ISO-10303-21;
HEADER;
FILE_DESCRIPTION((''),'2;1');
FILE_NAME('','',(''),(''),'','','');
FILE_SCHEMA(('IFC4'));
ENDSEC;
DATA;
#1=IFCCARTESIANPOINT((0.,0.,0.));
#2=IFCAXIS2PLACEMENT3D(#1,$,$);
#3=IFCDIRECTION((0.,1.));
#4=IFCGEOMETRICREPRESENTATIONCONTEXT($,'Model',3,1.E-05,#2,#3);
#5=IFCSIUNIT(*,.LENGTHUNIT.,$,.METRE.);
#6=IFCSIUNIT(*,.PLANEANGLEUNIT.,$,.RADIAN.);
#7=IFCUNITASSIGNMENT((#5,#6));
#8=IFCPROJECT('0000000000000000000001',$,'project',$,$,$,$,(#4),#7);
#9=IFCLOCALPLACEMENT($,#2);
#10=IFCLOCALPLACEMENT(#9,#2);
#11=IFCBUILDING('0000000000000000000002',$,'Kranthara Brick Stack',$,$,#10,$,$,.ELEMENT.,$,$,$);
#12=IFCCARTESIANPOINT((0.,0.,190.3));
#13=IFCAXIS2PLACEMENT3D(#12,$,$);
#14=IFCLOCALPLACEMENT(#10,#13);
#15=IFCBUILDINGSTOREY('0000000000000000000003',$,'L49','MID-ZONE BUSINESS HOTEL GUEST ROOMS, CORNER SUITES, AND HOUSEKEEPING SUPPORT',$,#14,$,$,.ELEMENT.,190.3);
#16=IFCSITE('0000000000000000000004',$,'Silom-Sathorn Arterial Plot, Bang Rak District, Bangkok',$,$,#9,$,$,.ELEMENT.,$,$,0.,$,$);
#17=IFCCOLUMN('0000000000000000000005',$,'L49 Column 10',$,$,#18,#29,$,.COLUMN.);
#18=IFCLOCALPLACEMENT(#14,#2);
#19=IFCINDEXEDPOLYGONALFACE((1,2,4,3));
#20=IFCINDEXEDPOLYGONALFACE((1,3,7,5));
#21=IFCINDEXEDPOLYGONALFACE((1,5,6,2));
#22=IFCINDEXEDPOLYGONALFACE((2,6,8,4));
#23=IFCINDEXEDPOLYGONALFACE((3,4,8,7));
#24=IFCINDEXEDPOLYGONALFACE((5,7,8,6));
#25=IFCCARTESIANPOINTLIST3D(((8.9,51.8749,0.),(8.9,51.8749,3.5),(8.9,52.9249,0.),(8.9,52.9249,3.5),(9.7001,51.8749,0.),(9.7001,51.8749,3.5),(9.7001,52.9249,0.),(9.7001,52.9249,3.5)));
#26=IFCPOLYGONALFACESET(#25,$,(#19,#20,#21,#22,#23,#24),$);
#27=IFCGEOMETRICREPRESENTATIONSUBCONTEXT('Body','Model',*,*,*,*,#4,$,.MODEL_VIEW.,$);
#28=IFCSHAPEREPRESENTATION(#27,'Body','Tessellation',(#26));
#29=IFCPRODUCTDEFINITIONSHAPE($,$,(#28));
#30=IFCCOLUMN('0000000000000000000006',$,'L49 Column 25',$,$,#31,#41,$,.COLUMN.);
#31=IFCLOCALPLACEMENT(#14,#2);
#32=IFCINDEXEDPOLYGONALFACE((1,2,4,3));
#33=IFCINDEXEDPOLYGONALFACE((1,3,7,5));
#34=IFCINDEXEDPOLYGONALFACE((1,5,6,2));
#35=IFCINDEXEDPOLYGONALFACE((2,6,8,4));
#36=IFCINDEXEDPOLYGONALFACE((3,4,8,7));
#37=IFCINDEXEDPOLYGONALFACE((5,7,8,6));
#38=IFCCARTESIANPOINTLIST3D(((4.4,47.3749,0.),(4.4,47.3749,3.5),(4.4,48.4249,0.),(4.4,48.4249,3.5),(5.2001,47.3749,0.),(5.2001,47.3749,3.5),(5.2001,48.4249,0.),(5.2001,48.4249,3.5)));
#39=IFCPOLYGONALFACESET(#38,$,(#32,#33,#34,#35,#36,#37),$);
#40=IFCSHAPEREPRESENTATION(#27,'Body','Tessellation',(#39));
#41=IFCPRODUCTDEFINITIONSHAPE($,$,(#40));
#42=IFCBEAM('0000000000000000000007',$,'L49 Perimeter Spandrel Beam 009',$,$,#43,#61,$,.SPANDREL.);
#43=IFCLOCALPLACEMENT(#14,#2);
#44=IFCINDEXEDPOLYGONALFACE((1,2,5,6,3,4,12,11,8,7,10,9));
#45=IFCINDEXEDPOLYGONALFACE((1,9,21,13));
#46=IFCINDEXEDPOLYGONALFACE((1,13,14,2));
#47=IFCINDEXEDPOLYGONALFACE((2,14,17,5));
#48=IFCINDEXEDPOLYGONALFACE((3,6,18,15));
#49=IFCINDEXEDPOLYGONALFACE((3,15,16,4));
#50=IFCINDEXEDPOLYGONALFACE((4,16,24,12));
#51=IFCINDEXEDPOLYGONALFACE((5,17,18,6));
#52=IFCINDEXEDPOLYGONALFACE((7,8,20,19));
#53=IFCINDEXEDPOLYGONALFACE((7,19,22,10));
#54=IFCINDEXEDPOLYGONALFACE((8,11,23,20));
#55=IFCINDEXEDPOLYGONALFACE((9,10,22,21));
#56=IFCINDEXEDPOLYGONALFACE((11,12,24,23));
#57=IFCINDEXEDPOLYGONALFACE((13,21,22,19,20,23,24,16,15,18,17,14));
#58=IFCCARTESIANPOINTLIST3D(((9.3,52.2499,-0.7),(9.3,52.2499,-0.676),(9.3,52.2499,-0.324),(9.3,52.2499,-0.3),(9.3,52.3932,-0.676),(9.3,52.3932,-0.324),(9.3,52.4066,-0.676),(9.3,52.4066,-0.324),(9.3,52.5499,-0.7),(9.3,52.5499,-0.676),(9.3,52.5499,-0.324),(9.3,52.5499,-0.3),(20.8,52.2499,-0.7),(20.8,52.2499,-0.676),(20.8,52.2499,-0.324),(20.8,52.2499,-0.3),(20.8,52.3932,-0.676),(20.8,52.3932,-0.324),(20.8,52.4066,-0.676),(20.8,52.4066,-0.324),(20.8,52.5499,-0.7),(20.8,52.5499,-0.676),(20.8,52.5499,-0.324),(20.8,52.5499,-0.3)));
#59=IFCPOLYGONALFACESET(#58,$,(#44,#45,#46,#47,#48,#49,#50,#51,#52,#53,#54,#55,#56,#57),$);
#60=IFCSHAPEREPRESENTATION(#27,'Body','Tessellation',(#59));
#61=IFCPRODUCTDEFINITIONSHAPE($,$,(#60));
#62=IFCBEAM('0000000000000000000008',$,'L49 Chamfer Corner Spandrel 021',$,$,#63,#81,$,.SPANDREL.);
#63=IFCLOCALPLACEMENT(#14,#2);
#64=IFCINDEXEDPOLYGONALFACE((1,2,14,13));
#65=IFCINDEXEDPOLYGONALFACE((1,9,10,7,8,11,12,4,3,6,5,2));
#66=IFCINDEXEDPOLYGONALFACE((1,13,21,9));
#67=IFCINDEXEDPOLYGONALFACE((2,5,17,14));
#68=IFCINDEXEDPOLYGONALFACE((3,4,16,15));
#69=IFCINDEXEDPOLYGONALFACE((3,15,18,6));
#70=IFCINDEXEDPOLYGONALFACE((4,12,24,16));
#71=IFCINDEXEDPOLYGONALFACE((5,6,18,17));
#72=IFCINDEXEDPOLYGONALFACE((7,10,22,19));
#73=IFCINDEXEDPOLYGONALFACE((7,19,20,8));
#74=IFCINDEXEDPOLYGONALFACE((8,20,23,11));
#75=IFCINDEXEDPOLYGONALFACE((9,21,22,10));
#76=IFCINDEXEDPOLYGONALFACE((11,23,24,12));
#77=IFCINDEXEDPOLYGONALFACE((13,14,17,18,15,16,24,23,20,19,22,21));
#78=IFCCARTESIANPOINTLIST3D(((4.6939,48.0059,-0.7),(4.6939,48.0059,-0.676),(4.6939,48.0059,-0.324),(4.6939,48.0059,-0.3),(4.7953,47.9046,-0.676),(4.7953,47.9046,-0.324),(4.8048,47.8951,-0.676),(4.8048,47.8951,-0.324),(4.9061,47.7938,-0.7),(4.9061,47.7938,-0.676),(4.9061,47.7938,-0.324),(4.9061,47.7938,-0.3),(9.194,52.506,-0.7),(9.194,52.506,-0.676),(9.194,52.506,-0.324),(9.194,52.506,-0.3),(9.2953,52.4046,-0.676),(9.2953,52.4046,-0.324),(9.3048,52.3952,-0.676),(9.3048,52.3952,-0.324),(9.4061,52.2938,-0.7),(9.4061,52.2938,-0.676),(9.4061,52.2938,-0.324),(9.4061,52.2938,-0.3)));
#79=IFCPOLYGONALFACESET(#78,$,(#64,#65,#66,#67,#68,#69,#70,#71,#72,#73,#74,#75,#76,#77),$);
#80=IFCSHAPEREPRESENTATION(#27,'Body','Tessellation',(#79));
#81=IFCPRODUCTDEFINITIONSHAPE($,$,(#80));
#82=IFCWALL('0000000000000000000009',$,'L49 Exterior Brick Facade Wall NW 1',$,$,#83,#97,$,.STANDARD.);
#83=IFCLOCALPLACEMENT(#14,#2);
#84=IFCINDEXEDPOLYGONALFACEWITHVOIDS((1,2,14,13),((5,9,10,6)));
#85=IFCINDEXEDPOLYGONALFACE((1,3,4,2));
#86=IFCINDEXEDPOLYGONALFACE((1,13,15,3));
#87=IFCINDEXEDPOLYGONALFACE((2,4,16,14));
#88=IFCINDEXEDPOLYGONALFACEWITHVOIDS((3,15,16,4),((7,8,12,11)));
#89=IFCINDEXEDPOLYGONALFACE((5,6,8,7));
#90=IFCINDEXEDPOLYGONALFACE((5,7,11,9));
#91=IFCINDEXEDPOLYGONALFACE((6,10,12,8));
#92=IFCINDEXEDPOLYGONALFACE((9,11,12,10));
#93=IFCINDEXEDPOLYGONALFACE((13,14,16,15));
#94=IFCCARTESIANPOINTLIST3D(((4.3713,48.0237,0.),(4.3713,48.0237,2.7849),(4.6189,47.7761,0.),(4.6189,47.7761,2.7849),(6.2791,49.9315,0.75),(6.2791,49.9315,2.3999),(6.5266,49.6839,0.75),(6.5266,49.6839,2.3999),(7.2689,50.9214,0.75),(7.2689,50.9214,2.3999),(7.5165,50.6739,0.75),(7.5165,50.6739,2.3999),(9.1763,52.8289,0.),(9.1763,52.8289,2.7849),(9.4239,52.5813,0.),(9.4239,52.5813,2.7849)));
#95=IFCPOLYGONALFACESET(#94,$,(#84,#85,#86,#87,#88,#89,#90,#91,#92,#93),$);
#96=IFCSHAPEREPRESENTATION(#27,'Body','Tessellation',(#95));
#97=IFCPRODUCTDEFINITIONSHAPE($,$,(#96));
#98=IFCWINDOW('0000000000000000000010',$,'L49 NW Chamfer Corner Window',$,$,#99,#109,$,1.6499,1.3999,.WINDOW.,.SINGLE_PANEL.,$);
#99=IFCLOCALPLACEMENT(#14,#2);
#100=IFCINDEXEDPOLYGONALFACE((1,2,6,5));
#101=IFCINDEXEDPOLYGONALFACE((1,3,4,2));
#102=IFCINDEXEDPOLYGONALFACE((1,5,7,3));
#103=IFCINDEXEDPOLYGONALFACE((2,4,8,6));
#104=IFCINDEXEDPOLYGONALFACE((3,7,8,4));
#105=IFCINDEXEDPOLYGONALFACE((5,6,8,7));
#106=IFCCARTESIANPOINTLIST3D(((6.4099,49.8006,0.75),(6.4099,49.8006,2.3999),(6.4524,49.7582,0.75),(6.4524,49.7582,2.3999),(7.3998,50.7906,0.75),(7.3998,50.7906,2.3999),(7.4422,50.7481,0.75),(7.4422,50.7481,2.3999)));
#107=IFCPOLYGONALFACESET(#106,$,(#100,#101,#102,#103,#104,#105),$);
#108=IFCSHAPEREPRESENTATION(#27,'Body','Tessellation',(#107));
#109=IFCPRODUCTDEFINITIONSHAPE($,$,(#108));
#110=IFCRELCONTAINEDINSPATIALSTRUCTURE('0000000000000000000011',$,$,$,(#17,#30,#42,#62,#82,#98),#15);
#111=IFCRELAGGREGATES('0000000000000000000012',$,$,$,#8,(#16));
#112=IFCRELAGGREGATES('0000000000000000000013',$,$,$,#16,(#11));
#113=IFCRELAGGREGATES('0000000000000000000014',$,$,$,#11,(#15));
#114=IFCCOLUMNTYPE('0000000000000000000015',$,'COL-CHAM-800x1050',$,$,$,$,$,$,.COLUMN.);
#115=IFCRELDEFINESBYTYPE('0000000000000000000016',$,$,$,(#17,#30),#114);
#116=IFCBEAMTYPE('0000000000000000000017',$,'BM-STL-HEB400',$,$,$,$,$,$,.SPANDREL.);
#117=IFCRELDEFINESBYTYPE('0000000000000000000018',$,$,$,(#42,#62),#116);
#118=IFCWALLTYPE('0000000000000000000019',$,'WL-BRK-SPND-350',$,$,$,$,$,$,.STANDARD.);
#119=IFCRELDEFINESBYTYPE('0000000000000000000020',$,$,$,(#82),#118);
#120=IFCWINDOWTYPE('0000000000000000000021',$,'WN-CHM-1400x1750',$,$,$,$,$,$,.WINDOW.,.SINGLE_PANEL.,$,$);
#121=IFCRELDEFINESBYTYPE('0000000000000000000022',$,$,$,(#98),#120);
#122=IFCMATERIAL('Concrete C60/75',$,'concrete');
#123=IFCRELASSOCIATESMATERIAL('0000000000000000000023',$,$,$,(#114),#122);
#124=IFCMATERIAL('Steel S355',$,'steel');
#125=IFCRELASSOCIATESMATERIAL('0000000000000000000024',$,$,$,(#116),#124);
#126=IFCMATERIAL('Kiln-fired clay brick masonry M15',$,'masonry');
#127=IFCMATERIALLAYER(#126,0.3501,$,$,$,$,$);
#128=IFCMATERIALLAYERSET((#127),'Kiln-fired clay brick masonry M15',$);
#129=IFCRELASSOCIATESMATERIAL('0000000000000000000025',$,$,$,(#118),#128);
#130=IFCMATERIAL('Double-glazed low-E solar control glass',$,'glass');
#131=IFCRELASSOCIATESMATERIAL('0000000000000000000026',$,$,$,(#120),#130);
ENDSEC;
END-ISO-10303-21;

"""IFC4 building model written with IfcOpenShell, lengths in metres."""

from ifc_helpers import new_model, si_unit, direction, frame, frame_2d, origin, origin_2d, place, context, subcontext, project, spatial, rectangle, i_section, extrude, material, layer, layer_set, material_profile, profile_set, type_object, element, fill, save


model = new_model("IFC4")

# Units and contexts
model_context = context("Model", 3, precision=1e-05, world=origin(), true_north=direction((0.0, 1.0)))
body_context = subcontext(model_context, "Body", "Model", "MODEL_VIEW")
ifc_project = project(units=[si_unit("LENGTHUNIT", "METRE"), si_unit("PLANEANGLEUNIT", "RADIAN")], contexts=[model_context])

# Site, building, storey
site_placement = place(None, origin())
site = spatial("IfcSite", under=ifc_project, at=site_placement, Name="Silom-Sathorn Arterial Plot, Bang Rak District, Bangkok", CompositionType="ELEMENT", RefElevation=0.0)
building_placement = place(site_placement, origin())
building = spatial("IfcBuilding", under=site, at=building_placement, Name="Kranthara Brick Stack", CompositionType="ELEMENT")
storey_placement = place(building_placement, frame((0.0, 0.0, 190.3)))
storey = spatial("IfcBuildingStorey", under=building, at=storey_placement, Name="L49", Description="MID-ZONE BUSINESS HOTEL GUEST ROOMS, CORNER SUITES, AND HOUSEKEEPING SUPPORT", CompositionType="ELEMENT", Elevation=190.3)

# Columns
ifc_material_1 = material(Name="Concrete C60/75", Category="concrete")
ifc_material_profile_1 = material_profile(ifc_material_1, rectangle(XDim=0.8, YDim=1.05, at=origin_2d()), Name="RC 800x1050")
ifc_profile_set_1 = profile_set([ifc_material_profile_1], Name="Concrete C60/75")
column_type = type_object("IfcColumnType", Name="COL-CHAM-800x1050", PredefinedType="COLUMN", material=ifc_profile_set_1)
for number, where, z_axis, x_axis, name in (
    (1, (9.3, 52.3999, 0.0), (0.0, 0.0, 1.0), (1.0, 0.0, 0.0), "L49 Column 10"),
    (2, (4.8, 47.8999, 0.0), (0.0, 0.0, 1.0), (1.0, 0.0, 0.0), "L49 Column 25"),
):
    element("IfcColumn", number, at=place(storey_placement, frame(where, z_axis=z_axis, x_axis=x_axis)), inside=storey, type_object=column_type, Name=name, PredefinedType="COLUMN", context=body_context, shape_type="SweptSolid", body=[
        extrude(rectangle(XDim=0.8, YDim=1.05, at=origin_2d()), origin(), (0.0, 0.0, 1.0), 3.5),
    ])

# Beams
ifc_material_2 = material(Name="Steel S355", Category="steel")
ifc_material_profile_2 = material_profile(ifc_material_2, i_section(OverallWidth=0.3, OverallDepth=0.3999, WebThickness=0.0134, FlangeThickness=0.0239, at=origin_2d()), Name="HEB 400")
ifc_profile_set_2 = profile_set([ifc_material_profile_2], Name="Steel S355")
beam_type = type_object("IfcBeamType", Name="BM-STL-HEB400", PredefinedType="SPANDREL", material=ifc_profile_set_2)
beam_1_placement = place(storey_placement, frame((9.3, 52.3999, -0.5), z_axis=(1.0, 0.0, 0.0), x_axis=(0.0, 1.0, 0.0)))
element("IfcBeam", 3, at=beam_1_placement, inside=storey, type_object=beam_type, Name="L49 Perimeter Spandrel Beam 009", PredefinedType="SPANDREL", context=body_context, shape_type="SweptSolid", body=[
    extrude(i_section(OverallWidth=0.3, OverallDepth=0.3999, WebThickness=0.0134, FlangeThickness=0.0239, at=origin_2d()), origin(), (0.0, 0.0, 1.0), 11.5),
])
beam_2_placement = place(storey_placement, frame((9.3, 52.3999, -0.5), z_axis=(-0.707107, -0.707107, 0.0), x_axis=(0.707107, -0.707107, 0.0)))
element("IfcBeam", 4, at=beam_2_placement, inside=storey, type_object=beam_type, Name="L49 Chamfer Corner Spandrel 021", PredefinedType="SPANDREL", context=body_context, shape_type="SweptSolid", body=[
    extrude(i_section(OverallWidth=0.3, OverallDepth=0.3999, WebThickness=0.0134, FlangeThickness=0.0239, at=origin_2d()), origin(), (0.0, 0.0, 1.0), 6.364),
])

# Wall, opening, window
ifc_material_3 = material(Name="Kiln-fired clay brick masonry M15", Category="masonry")
ifc_layer_1 = layer(ifc_material_3, 0.3501)
ifc_layer_set_1 = layer_set([ifc_layer_1], Name="Kiln-fired clay brick masonry M15")
wall_type_1 = type_object("IfcWallType", Name="WL-BRK-SPND-350", PredefinedType="STANDARD", material=ifc_layer_set_1)
wall_1_placement = place(storey_placement, frame((4.4951, 47.8999, 0.0), z_axis=(0.0, 0.0, 1.0), x_axis=(0.707089, 0.707125, 0.0)))
wall_1 = element("IfcWall", 5, at=wall_1_placement, inside=storey, type_object=wall_type_1, Name="L49 Exterior Brick Facade Wall NW 1", PredefinedType="STANDARD", context=body_context, shape_type="SweptSolid", body=[
    extrude(rectangle(XDim=6.7954, YDim=0.3501, at=frame_2d((3.3977, 0.0))), origin(), (0.0, 0.0, 1.0), 2.7849),
])
opening_1_placement = place(wall_1_placement, frame((2.698, 0.0, 0.75)))
opening_1 = element("IfcOpeningElement", 6, at=opening_1_placement, cuts=wall_1, PredefinedType="OPENING", context=body_context, shape_type="SweptSolid", body=[
    extrude(rectangle(XDim=1.3999, YDim=1.6499, at=frame_2d((0.7, 0.825))), frame((0.0, 0.1851, 0.0), z_axis=(0.0, -1.0, 0.0), x_axis=(1.0, 0.0, 0.0)), (0.0, 0.0, 1.0), 0.3701),
])
ifc_material_4 = material(Name="Double-glazed low-E solar control glass", Category="glass")
window_type_1 = type_object("IfcWindowType", Name="WN-CHM-1400x1750", PartitioningType="SINGLE_PANEL", PredefinedType="WINDOW", material=ifc_material_4)
window_1_placement = place(opening_1_placement, origin())
window_1 = element("IfcWindow", 7, at=window_1_placement, inside=storey, type_object=window_type_1, Name="L49 NW Chamfer Corner Window", OverallHeight=1.6499, OverallWidth=1.3999, PartitioningType="SINGLE_PANEL", PredefinedType="WINDOW", context=body_context, shape_type="SweptSolid", body=[
    extrude(rectangle(XDim=1.3999, YDim=1.6499, at=frame_2d((0.7, 0.825))), frame((0.0, -0.01, 0.0), z_axis=(0.0, -1.0, 0.0), x_axis=(1.0, 0.0, 0.0)), (0.0, 0.0, 1.0), 0.0601),
])
fill(opening_1, window_1)

save(model, "model.ifc")
